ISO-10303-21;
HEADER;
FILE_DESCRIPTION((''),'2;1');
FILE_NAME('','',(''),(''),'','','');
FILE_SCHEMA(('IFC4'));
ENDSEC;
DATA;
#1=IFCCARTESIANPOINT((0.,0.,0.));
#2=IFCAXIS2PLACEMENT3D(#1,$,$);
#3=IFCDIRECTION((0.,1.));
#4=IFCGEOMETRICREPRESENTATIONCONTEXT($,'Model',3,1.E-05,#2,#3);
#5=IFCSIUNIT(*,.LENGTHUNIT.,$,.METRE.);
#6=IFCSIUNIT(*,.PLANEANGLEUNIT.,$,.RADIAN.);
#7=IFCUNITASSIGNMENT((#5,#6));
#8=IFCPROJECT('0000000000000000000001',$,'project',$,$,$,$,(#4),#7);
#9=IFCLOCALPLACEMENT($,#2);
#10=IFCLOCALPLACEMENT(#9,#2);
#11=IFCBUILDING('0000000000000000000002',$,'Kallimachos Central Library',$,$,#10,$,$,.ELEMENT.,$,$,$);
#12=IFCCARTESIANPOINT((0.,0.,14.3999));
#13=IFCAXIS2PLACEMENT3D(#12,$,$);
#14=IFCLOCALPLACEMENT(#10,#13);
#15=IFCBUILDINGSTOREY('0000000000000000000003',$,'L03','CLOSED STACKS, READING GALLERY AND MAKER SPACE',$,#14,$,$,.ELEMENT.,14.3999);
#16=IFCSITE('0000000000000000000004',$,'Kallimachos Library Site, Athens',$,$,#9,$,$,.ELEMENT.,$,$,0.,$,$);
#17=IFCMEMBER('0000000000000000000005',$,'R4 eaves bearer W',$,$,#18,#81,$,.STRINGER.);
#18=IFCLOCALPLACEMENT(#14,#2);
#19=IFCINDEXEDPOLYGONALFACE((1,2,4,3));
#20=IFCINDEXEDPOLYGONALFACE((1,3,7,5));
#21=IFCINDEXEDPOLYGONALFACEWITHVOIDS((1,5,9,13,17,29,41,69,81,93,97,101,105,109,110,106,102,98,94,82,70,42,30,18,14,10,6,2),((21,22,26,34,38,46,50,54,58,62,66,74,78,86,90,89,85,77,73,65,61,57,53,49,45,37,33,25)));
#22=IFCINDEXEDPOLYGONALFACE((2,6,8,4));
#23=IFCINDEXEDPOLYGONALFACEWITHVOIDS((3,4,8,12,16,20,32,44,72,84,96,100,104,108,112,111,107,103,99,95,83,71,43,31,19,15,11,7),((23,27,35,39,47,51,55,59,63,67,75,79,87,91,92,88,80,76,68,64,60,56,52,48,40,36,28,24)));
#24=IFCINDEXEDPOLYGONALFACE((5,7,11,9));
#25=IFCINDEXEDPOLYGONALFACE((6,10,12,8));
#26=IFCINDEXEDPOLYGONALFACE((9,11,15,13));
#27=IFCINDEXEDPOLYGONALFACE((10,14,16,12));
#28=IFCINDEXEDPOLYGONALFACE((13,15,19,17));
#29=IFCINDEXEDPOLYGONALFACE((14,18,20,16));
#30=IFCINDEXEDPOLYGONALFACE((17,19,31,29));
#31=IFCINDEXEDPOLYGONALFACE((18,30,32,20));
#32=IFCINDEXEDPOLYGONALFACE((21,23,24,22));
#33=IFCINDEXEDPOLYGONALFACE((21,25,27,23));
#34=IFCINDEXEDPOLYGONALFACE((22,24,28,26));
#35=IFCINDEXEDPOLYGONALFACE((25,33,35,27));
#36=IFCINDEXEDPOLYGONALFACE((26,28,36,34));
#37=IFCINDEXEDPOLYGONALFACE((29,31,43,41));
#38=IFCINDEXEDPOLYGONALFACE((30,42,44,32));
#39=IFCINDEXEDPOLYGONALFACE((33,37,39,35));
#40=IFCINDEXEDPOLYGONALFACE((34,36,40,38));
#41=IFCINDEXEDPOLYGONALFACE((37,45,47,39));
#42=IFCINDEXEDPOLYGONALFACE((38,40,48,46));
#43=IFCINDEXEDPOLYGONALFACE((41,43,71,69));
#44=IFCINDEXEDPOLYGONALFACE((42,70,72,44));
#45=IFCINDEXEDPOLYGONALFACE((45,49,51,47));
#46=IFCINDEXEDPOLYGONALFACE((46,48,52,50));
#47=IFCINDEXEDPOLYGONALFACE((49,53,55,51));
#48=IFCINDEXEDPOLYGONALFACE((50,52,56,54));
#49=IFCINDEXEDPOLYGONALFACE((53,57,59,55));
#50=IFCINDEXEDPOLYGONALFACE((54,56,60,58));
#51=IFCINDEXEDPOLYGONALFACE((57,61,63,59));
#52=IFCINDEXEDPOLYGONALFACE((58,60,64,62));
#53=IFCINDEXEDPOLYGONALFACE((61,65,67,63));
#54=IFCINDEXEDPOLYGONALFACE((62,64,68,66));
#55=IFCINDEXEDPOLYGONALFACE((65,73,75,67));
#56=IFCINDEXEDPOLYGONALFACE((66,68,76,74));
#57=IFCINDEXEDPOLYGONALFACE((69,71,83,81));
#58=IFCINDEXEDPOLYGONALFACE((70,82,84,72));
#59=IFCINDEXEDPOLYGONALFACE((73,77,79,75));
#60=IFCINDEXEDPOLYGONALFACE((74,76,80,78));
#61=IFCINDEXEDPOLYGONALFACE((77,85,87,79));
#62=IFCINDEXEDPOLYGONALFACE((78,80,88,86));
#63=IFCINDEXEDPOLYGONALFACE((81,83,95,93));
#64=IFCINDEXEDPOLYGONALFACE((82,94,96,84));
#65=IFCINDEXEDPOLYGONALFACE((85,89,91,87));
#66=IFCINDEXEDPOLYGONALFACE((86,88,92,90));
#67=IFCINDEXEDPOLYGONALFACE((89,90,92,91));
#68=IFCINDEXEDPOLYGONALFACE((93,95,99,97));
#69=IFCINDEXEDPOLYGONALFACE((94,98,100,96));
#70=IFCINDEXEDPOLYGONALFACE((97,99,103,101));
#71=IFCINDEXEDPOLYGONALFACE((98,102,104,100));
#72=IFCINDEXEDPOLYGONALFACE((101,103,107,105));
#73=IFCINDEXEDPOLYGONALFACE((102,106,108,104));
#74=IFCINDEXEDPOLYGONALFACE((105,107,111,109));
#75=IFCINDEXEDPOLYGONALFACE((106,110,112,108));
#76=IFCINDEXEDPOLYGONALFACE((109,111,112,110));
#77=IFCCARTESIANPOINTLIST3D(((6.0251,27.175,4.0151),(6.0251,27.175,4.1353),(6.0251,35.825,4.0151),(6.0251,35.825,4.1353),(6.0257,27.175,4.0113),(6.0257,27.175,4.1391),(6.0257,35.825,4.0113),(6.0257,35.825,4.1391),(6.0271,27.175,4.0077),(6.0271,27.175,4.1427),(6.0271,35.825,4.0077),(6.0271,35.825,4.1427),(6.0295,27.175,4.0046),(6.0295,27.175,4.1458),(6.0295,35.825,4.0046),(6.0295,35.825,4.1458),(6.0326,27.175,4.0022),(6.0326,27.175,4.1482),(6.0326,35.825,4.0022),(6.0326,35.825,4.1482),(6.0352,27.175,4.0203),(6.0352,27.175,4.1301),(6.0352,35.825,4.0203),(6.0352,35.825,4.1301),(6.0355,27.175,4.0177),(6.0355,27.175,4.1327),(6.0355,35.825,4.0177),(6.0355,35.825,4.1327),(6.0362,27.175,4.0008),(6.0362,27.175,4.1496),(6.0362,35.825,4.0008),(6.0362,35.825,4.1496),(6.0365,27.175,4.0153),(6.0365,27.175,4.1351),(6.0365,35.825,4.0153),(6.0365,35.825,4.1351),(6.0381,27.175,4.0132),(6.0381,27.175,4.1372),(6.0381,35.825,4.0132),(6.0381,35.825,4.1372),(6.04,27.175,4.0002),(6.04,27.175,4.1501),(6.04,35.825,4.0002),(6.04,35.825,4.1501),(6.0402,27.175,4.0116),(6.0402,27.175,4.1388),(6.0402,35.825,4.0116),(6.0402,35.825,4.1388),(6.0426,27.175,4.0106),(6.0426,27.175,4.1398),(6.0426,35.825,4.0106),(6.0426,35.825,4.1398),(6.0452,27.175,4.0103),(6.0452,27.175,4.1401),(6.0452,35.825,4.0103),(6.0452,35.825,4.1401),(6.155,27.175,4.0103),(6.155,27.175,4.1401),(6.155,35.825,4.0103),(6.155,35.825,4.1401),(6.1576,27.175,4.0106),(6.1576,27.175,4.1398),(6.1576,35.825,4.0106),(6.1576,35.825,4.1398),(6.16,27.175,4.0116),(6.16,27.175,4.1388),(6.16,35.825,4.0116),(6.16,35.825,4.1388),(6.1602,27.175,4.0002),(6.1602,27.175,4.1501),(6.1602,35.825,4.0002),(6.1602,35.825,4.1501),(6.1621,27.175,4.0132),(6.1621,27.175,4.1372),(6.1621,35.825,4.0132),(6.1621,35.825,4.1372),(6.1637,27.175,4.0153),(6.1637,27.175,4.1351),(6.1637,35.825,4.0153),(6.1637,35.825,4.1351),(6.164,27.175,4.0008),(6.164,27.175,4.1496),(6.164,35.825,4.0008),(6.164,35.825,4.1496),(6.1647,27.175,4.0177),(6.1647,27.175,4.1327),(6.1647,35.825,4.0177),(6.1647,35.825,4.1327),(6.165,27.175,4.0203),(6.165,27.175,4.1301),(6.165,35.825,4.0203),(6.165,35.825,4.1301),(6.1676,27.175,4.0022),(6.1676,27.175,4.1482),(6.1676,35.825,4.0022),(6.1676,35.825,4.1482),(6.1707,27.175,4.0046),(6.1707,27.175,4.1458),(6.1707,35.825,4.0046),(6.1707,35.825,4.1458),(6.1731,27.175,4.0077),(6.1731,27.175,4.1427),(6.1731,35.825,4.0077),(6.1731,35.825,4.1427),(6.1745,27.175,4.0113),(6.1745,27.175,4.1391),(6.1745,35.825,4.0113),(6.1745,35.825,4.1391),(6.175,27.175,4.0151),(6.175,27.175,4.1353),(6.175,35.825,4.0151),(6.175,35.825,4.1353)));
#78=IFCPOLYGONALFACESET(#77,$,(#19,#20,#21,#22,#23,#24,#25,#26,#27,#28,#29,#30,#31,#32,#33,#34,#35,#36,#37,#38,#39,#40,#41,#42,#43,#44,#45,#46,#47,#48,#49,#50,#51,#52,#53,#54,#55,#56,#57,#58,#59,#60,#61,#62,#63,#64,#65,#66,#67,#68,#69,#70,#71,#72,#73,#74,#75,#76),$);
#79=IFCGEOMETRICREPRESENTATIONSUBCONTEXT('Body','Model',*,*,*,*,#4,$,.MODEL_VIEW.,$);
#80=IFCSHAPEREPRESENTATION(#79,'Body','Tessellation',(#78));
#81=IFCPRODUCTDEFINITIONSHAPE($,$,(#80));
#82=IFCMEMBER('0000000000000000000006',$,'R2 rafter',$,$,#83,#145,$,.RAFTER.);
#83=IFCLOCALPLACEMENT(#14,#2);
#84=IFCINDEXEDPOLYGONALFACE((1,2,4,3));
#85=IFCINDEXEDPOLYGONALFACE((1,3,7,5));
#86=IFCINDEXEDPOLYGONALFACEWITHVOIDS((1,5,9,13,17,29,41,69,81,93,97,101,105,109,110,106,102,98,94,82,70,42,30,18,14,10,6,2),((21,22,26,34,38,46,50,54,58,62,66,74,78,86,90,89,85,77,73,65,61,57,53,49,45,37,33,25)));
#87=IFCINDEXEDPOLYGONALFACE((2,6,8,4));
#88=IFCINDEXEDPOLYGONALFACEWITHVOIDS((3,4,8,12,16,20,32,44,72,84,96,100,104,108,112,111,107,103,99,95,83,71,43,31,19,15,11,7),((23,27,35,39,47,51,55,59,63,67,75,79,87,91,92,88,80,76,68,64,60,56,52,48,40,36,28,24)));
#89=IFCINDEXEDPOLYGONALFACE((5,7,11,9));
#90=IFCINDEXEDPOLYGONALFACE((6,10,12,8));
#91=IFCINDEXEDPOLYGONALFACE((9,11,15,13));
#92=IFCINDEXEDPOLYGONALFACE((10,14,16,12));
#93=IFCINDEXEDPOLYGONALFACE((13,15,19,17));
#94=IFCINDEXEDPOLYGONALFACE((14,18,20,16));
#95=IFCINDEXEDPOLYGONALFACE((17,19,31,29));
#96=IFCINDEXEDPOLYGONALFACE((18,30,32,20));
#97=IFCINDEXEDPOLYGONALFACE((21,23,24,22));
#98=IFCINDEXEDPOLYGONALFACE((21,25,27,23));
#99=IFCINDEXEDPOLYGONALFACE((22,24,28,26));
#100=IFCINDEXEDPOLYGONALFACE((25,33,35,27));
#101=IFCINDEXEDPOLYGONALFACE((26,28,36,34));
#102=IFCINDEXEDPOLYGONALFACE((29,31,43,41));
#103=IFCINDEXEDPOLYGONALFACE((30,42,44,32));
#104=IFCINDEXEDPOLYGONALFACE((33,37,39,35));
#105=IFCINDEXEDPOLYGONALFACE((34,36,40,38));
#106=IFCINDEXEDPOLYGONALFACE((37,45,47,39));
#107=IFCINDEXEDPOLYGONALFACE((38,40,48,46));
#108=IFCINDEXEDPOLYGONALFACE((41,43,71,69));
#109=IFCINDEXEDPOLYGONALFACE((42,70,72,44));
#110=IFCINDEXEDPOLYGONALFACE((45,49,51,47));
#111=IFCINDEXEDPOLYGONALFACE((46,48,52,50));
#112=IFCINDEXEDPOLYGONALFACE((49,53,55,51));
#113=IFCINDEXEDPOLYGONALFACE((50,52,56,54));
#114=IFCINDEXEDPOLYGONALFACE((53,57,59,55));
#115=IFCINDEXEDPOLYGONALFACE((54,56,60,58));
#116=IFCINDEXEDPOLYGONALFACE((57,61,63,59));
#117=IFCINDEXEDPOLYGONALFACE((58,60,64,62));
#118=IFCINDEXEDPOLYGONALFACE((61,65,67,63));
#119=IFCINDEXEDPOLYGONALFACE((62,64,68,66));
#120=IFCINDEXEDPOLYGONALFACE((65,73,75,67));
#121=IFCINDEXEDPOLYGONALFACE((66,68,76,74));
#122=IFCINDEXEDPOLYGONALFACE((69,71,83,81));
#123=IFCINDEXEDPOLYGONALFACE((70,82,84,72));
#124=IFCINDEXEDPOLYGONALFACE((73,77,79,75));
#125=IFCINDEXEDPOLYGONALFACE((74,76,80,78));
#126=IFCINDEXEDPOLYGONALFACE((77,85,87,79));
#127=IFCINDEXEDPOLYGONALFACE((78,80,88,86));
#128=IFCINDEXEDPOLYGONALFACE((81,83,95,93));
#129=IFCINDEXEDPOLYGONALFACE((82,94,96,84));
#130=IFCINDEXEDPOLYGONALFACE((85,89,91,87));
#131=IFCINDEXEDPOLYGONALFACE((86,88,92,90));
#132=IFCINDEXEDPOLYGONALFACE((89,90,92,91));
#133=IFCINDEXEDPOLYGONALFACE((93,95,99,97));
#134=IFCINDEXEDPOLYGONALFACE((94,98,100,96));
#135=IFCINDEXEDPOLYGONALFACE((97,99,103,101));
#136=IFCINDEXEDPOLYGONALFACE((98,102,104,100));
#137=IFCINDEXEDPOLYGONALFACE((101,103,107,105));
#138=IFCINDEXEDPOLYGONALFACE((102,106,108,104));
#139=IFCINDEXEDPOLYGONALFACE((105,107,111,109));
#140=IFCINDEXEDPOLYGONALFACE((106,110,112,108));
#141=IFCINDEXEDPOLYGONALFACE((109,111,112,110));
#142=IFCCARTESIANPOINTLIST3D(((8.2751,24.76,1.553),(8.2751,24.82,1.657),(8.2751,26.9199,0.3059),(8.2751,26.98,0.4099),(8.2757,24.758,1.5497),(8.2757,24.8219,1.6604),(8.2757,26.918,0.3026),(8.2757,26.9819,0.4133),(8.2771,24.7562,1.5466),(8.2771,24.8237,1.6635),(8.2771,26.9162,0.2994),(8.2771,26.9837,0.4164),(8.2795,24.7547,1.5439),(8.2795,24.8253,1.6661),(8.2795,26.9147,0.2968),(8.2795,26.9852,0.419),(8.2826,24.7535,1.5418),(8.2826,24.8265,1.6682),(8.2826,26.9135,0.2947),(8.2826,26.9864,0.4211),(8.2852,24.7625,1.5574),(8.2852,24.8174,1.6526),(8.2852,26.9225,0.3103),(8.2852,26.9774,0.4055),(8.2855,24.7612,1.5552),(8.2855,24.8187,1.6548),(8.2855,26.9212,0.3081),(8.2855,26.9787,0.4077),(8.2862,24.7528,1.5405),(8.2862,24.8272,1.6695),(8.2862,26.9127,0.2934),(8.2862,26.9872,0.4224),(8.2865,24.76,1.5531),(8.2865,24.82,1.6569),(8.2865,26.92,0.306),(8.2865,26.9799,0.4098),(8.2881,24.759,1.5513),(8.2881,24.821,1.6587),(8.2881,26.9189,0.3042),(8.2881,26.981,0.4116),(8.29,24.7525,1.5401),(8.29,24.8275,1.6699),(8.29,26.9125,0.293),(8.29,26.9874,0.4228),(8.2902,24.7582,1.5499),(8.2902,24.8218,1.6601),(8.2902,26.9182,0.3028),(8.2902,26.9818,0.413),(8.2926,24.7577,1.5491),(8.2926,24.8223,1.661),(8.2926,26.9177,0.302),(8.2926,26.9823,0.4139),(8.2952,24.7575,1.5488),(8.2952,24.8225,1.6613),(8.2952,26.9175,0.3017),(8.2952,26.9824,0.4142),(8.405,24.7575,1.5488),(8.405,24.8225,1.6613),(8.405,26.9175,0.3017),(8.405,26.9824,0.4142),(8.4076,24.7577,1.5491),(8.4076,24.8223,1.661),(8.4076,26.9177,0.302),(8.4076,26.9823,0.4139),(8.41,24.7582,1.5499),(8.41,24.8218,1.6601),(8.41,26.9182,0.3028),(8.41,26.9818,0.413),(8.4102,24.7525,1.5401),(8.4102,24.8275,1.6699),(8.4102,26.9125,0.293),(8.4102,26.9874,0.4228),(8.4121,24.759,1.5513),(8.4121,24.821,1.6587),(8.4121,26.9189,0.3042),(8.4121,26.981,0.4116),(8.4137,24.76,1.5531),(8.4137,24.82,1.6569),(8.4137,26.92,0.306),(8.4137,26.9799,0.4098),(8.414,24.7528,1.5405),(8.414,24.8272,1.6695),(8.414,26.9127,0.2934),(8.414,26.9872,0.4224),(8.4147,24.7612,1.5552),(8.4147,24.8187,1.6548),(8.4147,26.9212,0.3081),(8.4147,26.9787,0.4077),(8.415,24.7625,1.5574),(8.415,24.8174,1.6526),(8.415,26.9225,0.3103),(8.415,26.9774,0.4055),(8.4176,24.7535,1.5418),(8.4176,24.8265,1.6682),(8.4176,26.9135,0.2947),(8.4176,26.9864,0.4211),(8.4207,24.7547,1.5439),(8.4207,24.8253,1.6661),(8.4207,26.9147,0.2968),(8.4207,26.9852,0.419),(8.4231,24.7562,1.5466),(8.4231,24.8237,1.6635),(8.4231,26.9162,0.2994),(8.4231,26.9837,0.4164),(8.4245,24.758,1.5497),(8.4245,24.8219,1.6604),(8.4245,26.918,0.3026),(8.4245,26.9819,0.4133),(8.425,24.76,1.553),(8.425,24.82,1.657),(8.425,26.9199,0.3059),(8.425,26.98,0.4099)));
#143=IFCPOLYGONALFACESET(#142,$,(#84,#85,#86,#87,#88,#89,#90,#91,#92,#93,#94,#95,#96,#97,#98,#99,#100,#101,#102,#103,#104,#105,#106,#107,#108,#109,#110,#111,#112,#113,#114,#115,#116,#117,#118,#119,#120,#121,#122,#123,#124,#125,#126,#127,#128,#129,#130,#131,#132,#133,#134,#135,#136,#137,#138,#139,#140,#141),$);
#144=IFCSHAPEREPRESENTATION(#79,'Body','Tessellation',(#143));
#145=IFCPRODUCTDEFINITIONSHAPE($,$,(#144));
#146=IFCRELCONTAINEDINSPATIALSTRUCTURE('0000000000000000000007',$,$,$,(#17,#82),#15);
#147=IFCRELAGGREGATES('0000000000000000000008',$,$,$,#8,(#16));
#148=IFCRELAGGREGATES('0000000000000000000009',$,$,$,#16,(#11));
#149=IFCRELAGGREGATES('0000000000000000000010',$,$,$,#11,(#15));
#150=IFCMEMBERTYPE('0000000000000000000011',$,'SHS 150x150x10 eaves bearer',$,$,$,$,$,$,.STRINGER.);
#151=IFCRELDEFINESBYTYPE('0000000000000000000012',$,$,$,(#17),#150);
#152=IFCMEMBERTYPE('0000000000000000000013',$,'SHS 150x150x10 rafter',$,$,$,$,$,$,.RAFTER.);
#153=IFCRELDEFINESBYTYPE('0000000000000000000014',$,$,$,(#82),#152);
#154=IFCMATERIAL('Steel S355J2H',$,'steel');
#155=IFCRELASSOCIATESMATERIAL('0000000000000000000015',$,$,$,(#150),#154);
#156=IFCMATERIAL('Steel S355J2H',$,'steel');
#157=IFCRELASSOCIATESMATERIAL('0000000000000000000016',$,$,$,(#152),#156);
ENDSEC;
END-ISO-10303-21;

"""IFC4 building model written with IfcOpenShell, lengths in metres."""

from ifc_helpers import new_model, si_unit, direction, frame, origin, origin_2d, place, context, subcontext, project, spatial, hollow_rectangle, extrude, material, material_profile, profile_set, type_object, element, save


model = new_model("IFC4")

# Units and contexts
model_context = context("Model", 3, precision=1e-05, world=origin(), true_north=direction((0.0, 1.0)))
body_context = subcontext(model_context, "Body", "Model", "MODEL_VIEW")
ifc_project = project(units=[si_unit("LENGTHUNIT", "METRE"), si_unit("PLANEANGLEUNIT", "RADIAN")], contexts=[model_context])

# Site, building, storey
site_placement = place(None, origin())
site = spatial("IfcSite", under=ifc_project, at=site_placement, Name="Kallimachos Library Site, Athens", CompositionType="ELEMENT", RefElevation=0.0)
building_placement = place(site_placement, origin())
building = spatial("IfcBuilding", under=site, at=building_placement, Name="Kallimachos Central Library", CompositionType="ELEMENT")
storey_placement = place(building_placement, frame((0.0, 0.0, 14.3999)))
storey = spatial("IfcBuildingStorey", under=building, at=storey_placement, Name="L03", Description="CLOSED STACKS, READING GALLERY AND MAKER SPACE", CompositionType="ELEMENT", Elevation=14.3999)

# Members
ifc_material_1 = material(Name="Steel S355J2H", Category="steel")
ifc_material_profile_1 = material_profile(ifc_material_1, hollow_rectangle(XDim=0.1499, YDim=0.1499, WallThickness=0.01, InnerFilletRadius=0.01, OuterFilletRadius=0.0149, at=origin_2d()), Name="SHS 150x150x10")
ifc_profile_set_1 = profile_set([ifc_material_profile_1], Name="Steel S355J2H")
member_type_1 = type_object("IfcMemberType", Name="SHS 150x150x10 eaves bearer", PredefinedType="STRINGER", material=ifc_profile_set_1)
member_1_placement = place(storey_placement, frame((6.1001, 27.175, 4.0752), z_axis=(0.0, 1.0, 0.0), x_axis=(-1.0, 0.0, 0.0)))
element("IfcMember", 1, at=member_1_placement, inside=storey, type_object=member_type_1, Name="R4 eaves bearer W", PredefinedType="STRINGER", context=body_context, shape_type="SweptSolid", body=[
    extrude(hollow_rectangle(XDim=0.1499, YDim=0.1499, WallThickness=0.01, InnerFilletRadius=0.01, OuterFilletRadius=0.0149, at=origin_2d()), origin(), (0.0, 0.0, 1.0), 8.6499),
])
ifc_material_2 = material(Name="Steel S355J2H", Category="steel")
ifc_material_profile_2 = material_profile(ifc_material_2, hollow_rectangle(XDim=0.1499, YDim=0.1499, WallThickness=0.01, InnerFilletRadius=0.01, OuterFilletRadius=0.0149, at=origin_2d()), Name="SHS 150x150x10")
ifc_profile_set_2 = profile_set([ifc_material_profile_2], Name="Steel S355J2H")
member_type_2 = type_object("IfcMemberType", Name="SHS 150x150x10 rafter", PredefinedType="RAFTER", material=ifc_profile_set_2)
member_2_placement = place(storey_placement, frame((8.3501, 26.95, 0.3579), z_axis=(0.0, -0.866018, 0.500013), x_axis=(1.0, 0.0, 0.0)))
element("IfcMember", 2, at=member_2_placement, inside=storey, type_object=member_type_2, Name="R2 rafter", PredefinedType="RAFTER", context=body_context, shape_type="SweptSolid", body=[
    extrude(hollow_rectangle(XDim=0.1499, YDim=0.1499, WallThickness=0.01, InnerFilletRadius=0.01, OuterFilletRadius=0.0149, at=origin_2d()), origin(), (0.0, 0.0, 1.0), 2.4941),
])

save(model, "model.ifc")
